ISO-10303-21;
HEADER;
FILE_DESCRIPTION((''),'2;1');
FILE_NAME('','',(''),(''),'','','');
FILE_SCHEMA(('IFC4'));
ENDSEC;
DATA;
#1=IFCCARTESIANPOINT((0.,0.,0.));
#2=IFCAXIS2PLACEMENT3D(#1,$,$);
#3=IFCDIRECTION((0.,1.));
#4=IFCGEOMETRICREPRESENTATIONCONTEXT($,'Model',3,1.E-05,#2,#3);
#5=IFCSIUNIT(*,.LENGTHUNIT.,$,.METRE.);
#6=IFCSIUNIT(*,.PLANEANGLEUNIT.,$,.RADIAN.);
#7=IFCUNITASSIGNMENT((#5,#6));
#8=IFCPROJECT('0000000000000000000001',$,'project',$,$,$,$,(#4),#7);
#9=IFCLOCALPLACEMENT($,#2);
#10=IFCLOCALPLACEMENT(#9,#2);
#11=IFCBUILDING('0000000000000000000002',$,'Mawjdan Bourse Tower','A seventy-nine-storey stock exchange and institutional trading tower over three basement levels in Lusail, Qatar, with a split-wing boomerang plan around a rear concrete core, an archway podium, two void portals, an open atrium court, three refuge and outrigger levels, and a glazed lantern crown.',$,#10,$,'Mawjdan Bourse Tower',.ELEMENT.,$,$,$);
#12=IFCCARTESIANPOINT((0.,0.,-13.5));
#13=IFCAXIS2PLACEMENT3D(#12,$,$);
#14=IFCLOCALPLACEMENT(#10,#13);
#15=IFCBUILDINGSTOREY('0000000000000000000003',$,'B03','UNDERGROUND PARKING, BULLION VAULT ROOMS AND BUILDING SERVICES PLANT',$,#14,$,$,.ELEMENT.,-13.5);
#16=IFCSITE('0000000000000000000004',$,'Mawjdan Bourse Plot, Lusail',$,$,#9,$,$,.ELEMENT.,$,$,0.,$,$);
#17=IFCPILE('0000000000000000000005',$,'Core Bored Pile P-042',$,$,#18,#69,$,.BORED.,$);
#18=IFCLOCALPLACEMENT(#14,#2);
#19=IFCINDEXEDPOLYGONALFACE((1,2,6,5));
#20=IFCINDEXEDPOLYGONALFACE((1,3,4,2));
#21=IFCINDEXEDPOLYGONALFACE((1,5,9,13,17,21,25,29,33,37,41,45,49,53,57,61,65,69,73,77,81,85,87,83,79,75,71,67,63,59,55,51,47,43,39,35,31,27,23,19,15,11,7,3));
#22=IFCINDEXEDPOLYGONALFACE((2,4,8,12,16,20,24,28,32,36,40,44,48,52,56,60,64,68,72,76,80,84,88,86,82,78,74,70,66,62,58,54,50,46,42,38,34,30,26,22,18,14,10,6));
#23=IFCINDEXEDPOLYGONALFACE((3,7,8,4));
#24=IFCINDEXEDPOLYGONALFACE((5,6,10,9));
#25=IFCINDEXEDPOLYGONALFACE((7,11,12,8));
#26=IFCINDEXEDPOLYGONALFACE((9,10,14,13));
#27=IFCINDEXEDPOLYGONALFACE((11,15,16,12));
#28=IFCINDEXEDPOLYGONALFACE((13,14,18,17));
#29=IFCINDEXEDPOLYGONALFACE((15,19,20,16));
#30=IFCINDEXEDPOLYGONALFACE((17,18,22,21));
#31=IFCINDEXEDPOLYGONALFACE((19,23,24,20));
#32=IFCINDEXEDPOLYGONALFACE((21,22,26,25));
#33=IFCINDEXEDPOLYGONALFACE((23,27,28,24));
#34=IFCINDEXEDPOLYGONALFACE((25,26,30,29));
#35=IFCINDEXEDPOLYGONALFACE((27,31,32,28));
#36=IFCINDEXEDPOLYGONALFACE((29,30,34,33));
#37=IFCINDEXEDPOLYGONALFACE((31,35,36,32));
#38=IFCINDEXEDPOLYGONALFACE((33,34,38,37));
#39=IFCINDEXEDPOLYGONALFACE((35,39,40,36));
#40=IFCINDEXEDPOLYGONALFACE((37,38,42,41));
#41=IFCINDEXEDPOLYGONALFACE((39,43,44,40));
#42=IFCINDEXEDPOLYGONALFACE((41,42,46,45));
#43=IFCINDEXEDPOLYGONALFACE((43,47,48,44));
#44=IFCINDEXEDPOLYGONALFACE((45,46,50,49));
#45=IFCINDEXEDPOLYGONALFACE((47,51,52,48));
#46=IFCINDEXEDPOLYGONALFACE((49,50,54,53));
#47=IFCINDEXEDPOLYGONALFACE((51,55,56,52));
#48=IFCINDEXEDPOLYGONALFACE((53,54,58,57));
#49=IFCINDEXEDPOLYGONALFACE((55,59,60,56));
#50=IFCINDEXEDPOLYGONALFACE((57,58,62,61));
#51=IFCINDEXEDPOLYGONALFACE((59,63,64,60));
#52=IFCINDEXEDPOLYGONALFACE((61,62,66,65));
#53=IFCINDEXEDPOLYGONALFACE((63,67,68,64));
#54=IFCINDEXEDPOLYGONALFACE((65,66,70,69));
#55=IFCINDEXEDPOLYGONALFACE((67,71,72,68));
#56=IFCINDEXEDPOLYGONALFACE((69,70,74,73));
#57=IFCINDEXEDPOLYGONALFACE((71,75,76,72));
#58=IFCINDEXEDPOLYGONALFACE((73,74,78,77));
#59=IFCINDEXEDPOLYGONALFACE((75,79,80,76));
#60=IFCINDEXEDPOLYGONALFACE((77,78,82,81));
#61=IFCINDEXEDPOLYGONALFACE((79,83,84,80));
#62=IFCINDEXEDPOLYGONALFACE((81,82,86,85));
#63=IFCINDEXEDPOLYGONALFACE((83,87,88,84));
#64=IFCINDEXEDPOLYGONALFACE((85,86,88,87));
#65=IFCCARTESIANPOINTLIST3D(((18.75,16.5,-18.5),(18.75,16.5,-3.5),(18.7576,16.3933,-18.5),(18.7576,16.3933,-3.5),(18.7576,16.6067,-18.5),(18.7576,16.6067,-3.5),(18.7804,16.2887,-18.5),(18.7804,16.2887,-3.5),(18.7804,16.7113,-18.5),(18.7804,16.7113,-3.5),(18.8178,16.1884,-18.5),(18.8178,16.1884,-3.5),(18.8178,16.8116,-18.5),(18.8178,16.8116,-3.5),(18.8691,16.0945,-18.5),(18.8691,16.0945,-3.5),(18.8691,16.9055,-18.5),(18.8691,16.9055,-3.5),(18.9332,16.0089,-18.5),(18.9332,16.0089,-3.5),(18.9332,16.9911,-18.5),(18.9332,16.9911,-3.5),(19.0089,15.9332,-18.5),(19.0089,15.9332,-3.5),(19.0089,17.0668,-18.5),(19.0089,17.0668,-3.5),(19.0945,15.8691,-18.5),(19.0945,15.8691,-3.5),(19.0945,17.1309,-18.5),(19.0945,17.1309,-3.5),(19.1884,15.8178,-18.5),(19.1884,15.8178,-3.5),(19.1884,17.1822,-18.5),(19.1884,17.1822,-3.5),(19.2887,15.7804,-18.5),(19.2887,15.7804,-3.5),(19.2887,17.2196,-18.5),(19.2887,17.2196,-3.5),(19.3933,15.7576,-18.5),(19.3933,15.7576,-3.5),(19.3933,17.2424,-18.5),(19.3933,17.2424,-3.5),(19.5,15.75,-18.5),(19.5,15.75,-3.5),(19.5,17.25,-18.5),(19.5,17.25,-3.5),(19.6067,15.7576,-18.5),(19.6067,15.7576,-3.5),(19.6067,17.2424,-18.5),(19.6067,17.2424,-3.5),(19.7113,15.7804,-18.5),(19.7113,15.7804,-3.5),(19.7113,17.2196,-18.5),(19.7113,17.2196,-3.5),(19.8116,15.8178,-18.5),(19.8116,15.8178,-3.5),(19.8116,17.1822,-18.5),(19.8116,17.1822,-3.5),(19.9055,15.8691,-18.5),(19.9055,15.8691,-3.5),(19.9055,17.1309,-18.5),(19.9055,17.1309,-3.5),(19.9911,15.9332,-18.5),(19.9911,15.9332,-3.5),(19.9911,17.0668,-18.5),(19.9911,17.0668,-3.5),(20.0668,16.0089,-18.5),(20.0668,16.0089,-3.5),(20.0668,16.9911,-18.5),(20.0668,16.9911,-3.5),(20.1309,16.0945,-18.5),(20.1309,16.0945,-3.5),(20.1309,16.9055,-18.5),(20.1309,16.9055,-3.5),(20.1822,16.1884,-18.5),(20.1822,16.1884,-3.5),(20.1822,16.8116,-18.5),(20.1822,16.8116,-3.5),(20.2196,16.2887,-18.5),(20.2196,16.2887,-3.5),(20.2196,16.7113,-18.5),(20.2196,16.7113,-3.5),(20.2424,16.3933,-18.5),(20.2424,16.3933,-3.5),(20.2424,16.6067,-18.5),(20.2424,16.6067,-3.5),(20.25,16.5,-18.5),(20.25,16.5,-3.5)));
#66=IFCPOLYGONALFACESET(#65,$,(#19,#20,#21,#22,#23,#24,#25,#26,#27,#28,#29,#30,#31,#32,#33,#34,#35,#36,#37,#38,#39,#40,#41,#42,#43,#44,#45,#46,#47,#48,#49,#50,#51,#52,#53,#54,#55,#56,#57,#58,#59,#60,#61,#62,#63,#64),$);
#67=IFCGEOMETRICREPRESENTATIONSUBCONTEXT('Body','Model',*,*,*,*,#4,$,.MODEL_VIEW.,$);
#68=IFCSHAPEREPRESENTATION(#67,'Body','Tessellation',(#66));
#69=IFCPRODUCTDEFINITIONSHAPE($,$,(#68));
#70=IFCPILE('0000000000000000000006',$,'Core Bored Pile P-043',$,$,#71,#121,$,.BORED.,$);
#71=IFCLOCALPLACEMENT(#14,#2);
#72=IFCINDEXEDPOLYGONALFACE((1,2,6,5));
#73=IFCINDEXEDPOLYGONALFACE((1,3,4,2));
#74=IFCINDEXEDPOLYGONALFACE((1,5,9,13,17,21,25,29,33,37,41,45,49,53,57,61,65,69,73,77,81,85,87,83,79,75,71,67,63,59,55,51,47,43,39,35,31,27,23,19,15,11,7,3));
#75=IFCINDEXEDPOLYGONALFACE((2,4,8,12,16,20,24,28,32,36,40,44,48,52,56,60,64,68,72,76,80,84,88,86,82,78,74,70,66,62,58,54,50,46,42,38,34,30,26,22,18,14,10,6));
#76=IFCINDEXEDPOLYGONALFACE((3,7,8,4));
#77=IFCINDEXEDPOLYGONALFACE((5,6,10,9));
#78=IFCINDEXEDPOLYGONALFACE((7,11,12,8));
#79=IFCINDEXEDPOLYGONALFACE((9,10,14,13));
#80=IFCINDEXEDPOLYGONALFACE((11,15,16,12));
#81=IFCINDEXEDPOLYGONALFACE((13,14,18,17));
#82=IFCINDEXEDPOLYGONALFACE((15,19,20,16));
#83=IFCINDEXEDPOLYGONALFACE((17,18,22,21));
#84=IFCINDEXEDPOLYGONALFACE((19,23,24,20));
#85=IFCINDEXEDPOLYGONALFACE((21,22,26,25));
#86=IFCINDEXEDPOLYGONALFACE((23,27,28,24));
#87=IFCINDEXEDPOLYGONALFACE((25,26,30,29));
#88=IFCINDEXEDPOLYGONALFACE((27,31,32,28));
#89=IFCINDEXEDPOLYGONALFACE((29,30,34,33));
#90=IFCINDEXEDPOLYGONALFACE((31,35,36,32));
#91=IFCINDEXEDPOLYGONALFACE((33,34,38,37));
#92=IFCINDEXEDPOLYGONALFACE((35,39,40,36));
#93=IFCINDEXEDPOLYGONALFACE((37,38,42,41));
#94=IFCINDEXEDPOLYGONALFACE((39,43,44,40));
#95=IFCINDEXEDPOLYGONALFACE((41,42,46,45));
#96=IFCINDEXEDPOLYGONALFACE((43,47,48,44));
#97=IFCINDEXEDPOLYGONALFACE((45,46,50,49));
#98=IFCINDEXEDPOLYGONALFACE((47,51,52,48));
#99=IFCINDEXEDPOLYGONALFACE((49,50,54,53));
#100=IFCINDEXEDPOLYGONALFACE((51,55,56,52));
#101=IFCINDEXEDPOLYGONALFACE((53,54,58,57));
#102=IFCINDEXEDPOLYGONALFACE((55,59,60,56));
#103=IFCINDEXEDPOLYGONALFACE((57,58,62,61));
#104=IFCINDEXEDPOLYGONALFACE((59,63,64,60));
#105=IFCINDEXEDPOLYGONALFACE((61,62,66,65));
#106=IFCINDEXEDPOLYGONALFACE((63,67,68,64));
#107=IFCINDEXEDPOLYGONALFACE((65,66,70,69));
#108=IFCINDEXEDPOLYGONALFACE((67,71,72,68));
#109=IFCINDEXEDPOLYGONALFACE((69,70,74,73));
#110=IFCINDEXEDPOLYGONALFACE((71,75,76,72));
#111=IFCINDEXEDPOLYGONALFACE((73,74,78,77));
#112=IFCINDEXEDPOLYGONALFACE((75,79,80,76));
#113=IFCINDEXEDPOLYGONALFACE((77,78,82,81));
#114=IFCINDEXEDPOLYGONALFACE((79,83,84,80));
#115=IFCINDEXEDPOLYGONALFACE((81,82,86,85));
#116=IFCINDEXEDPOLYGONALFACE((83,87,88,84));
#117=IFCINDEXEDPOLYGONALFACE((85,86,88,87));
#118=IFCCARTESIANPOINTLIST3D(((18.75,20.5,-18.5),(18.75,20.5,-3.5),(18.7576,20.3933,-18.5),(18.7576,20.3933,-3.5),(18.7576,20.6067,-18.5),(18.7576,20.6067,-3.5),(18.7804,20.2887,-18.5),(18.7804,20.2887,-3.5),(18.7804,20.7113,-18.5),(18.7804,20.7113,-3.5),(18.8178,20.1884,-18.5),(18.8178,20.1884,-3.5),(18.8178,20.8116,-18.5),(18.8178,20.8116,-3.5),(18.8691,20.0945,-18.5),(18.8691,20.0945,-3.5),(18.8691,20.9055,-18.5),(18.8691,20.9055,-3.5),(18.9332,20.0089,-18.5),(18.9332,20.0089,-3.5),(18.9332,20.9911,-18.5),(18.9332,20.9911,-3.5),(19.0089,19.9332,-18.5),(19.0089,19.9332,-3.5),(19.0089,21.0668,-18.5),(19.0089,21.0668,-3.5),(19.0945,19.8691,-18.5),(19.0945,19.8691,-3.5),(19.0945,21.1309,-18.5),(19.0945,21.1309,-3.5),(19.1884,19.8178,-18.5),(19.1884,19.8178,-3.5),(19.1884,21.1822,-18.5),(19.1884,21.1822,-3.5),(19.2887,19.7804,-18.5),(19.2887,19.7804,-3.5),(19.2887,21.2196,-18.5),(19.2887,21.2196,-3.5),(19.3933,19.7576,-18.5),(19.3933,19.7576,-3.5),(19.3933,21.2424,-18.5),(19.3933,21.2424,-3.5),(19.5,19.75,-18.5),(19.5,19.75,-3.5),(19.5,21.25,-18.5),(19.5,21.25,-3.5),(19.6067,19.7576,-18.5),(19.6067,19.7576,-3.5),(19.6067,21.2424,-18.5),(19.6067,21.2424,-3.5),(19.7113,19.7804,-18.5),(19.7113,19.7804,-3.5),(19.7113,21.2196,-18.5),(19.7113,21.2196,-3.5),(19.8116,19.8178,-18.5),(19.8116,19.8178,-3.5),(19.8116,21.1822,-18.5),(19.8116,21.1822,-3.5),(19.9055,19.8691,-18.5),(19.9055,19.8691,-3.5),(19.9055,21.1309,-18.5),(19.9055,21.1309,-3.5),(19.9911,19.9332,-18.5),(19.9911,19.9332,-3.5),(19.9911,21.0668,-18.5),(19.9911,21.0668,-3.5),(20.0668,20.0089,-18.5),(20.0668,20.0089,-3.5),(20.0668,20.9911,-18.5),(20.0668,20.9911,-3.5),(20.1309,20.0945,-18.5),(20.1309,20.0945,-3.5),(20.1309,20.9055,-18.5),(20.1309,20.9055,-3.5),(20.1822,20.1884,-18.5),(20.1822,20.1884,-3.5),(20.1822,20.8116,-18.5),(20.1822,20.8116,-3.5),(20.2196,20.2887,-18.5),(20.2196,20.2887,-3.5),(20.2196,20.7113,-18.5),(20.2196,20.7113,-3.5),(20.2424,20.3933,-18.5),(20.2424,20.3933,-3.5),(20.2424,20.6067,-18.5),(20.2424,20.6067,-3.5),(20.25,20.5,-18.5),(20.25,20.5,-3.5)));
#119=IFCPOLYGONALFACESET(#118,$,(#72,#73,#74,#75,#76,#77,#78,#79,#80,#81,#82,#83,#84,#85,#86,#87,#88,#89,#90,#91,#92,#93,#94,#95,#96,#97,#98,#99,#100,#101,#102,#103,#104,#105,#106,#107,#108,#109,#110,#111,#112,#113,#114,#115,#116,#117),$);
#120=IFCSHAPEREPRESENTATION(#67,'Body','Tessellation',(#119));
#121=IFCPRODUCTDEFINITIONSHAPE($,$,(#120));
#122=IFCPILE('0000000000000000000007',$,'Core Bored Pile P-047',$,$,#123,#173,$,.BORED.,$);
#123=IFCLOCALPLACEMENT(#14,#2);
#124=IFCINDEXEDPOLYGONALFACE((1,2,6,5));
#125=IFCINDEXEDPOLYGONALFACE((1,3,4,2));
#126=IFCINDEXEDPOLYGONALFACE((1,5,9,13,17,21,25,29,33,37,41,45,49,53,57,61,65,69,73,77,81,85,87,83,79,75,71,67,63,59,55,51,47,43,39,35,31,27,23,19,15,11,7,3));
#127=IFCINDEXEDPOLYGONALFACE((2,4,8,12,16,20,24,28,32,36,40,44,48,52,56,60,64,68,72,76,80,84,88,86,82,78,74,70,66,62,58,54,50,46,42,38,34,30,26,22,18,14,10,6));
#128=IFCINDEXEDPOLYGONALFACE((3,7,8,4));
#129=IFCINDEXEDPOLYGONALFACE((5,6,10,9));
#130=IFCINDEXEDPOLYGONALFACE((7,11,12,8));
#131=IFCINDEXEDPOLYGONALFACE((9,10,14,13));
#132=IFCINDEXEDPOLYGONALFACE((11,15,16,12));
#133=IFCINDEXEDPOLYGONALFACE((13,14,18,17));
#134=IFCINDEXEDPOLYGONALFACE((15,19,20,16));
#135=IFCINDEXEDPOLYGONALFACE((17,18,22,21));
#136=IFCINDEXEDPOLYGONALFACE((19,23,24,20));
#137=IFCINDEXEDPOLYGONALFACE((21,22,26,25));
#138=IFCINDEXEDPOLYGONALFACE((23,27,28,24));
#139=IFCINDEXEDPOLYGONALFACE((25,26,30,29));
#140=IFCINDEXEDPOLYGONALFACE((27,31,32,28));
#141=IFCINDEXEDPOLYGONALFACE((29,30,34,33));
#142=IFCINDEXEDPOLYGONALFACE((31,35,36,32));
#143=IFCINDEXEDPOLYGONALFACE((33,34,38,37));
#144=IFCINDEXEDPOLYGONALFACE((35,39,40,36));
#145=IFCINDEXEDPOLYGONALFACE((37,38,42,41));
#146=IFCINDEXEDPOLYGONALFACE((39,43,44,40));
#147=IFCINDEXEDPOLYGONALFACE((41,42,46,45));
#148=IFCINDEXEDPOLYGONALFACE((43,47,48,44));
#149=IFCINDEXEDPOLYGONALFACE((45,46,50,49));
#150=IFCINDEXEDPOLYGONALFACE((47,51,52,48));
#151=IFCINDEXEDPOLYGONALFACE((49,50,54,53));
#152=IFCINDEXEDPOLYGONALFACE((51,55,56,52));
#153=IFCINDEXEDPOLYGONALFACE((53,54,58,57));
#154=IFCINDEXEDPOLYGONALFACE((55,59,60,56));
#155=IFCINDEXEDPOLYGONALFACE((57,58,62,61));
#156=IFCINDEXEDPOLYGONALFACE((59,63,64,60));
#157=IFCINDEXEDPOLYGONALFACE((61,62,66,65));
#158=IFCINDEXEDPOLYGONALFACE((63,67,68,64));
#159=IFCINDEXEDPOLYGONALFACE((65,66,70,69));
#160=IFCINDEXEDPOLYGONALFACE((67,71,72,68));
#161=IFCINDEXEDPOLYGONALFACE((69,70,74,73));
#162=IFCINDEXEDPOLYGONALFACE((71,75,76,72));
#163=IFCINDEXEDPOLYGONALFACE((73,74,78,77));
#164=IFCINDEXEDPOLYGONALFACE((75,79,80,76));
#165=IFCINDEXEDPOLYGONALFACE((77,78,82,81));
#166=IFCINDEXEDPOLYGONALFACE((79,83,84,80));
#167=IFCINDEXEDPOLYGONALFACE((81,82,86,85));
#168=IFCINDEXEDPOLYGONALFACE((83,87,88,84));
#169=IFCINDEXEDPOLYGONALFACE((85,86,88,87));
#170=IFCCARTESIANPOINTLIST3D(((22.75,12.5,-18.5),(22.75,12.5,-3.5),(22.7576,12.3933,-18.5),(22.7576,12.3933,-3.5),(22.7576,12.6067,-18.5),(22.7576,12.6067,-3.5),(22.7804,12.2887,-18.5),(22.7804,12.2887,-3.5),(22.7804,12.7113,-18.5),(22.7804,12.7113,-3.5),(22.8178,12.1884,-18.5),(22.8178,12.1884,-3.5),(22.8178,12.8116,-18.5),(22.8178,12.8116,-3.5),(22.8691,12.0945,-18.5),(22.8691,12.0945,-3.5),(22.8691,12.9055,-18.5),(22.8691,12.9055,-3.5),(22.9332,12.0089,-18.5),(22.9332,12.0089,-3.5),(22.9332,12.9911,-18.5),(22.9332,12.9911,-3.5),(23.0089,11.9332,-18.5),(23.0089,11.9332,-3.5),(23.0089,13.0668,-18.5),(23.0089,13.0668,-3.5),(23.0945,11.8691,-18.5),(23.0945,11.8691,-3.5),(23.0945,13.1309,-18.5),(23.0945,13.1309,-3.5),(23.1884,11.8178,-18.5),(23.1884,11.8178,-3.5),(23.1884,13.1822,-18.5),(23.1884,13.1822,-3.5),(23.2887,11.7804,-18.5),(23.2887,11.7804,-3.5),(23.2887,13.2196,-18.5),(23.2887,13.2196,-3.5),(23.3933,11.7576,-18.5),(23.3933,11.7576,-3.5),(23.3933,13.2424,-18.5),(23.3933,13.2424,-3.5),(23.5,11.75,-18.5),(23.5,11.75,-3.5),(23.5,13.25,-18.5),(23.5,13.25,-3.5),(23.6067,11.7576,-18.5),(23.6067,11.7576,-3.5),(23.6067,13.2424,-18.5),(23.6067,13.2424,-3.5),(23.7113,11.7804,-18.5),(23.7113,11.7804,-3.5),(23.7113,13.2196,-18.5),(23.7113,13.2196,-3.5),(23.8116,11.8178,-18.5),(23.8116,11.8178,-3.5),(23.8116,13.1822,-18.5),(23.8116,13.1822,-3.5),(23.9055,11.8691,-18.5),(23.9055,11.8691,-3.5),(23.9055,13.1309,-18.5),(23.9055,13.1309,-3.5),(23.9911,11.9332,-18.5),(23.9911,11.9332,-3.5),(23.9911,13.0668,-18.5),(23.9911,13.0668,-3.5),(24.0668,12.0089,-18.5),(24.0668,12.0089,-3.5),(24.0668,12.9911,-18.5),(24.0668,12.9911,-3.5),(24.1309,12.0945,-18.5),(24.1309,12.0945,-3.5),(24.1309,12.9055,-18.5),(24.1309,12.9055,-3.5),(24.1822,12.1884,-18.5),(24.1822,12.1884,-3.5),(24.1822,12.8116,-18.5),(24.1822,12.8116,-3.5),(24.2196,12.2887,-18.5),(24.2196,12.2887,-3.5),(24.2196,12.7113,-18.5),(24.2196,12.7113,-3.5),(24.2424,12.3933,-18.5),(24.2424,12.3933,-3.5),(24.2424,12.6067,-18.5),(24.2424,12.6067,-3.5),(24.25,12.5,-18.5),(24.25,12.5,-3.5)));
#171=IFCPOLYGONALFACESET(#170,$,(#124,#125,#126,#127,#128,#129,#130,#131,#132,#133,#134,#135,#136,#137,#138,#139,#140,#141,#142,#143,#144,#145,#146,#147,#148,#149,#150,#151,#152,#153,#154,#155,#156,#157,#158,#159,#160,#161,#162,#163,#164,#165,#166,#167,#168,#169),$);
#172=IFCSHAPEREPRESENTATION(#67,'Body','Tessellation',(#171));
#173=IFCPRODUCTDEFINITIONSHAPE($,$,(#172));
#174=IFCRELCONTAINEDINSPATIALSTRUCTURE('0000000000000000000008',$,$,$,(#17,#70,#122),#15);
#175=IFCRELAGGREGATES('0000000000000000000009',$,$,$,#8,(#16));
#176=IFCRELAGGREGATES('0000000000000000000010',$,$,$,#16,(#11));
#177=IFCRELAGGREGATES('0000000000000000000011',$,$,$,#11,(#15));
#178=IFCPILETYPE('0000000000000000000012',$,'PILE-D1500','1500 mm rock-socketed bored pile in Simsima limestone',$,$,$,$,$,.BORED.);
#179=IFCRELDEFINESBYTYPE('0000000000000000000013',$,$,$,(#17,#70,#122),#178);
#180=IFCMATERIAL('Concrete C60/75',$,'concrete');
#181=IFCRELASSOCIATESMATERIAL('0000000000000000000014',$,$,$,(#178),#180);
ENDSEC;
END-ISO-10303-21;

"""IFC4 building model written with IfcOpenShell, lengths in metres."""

from ifc_helpers import new_model, si_unit, direction, frame, origin, origin_2d, place, context, subcontext, project, spatial, circle, extrude, material, material_profile, profile_set, type_object, element, save


model = new_model("IFC4")

# Units and contexts
model_context = context("Model", 3, precision=1e-05, world=origin(), true_north=direction((0.0, 1.0)))
body_context = subcontext(model_context, "Body", "Model", "MODEL_VIEW")
ifc_project = project(units=[si_unit("LENGTHUNIT", "METRE"), si_unit("PLANEANGLEUNIT", "RADIAN")], contexts=[model_context])

# Site, building, storey
site_placement = place(None, origin())
site = spatial("IfcSite", under=ifc_project, at=site_placement, Name="Mawjdan Bourse Plot, Lusail", CompositionType="ELEMENT", RefElevation=0.0)
building_placement = place(site_placement, origin())
building = spatial("IfcBuilding", under=site, at=building_placement, Name="Mawjdan Bourse Tower", Description="A seventy-nine-storey stock exchange and institutional trading tower over three basement levels in Lusail, Qatar, with a split-wing boomerang plan around a rear concrete core, an archway podium, two void portals, an open atrium court, three refuge and outrigger levels, and a glazed lantern crown.", LongName="Mawjdan Bourse Tower", CompositionType="ELEMENT")
storey_placement = place(building_placement, frame((0.0, 0.0, -13.5)))
storey = spatial("IfcBuildingStorey", under=building, at=storey_placement, Name="B03", Description="UNDERGROUND PARKING, BULLION VAULT ROOMS AND BUILDING SERVICES PLANT", CompositionType="ELEMENT", Elevation=-13.5)

# Piles
ifc_material_1 = material(Name="Concrete C60/75", Category="concrete")
ifc_material_profile_1 = material_profile(ifc_material_1, circle(Radius=0.75, at=origin_2d()), Name="PILE-D1500")
ifc_profile_set_1 = profile_set([ifc_material_profile_1], Name="Concrete C60/75")
pile_type = type_object("IfcPileType", Name="PILE-D1500", Description="1500 mm rock-socketed bored pile in Simsima limestone", PredefinedType="BORED", material=ifc_profile_set_1)
for number, where, z_axis, x_axis, name in (
    (1, (19.5, 16.5, -3.5), (0.0, 0.0, -1.0), (1.0, 0.0, 0.0), "Core Bored Pile P-042"),
    (2, (19.5, 20.5, -3.5), (0.0, 0.0, -1.0), (1.0, 0.0, 0.0), "Core Bored Pile P-043"),
    (3, (23.5, 12.5, -3.5), (0.0, 0.0, -1.0), (1.0, 0.0, 0.0), "Core Bored Pile P-047"),
):
    element("IfcPile", number, at=place(storey_placement, frame(where, z_axis=z_axis, x_axis=x_axis)), inside=storey, type_object=pile_type, Name=name, PredefinedType="BORED", context=body_context, shape_type="SweptSolid", body=[
        extrude(circle(Radius=0.75, at=origin_2d()), origin(), (0.0, 0.0, 1.0), 15.0),
    ])

save(model, "model.ifc")
